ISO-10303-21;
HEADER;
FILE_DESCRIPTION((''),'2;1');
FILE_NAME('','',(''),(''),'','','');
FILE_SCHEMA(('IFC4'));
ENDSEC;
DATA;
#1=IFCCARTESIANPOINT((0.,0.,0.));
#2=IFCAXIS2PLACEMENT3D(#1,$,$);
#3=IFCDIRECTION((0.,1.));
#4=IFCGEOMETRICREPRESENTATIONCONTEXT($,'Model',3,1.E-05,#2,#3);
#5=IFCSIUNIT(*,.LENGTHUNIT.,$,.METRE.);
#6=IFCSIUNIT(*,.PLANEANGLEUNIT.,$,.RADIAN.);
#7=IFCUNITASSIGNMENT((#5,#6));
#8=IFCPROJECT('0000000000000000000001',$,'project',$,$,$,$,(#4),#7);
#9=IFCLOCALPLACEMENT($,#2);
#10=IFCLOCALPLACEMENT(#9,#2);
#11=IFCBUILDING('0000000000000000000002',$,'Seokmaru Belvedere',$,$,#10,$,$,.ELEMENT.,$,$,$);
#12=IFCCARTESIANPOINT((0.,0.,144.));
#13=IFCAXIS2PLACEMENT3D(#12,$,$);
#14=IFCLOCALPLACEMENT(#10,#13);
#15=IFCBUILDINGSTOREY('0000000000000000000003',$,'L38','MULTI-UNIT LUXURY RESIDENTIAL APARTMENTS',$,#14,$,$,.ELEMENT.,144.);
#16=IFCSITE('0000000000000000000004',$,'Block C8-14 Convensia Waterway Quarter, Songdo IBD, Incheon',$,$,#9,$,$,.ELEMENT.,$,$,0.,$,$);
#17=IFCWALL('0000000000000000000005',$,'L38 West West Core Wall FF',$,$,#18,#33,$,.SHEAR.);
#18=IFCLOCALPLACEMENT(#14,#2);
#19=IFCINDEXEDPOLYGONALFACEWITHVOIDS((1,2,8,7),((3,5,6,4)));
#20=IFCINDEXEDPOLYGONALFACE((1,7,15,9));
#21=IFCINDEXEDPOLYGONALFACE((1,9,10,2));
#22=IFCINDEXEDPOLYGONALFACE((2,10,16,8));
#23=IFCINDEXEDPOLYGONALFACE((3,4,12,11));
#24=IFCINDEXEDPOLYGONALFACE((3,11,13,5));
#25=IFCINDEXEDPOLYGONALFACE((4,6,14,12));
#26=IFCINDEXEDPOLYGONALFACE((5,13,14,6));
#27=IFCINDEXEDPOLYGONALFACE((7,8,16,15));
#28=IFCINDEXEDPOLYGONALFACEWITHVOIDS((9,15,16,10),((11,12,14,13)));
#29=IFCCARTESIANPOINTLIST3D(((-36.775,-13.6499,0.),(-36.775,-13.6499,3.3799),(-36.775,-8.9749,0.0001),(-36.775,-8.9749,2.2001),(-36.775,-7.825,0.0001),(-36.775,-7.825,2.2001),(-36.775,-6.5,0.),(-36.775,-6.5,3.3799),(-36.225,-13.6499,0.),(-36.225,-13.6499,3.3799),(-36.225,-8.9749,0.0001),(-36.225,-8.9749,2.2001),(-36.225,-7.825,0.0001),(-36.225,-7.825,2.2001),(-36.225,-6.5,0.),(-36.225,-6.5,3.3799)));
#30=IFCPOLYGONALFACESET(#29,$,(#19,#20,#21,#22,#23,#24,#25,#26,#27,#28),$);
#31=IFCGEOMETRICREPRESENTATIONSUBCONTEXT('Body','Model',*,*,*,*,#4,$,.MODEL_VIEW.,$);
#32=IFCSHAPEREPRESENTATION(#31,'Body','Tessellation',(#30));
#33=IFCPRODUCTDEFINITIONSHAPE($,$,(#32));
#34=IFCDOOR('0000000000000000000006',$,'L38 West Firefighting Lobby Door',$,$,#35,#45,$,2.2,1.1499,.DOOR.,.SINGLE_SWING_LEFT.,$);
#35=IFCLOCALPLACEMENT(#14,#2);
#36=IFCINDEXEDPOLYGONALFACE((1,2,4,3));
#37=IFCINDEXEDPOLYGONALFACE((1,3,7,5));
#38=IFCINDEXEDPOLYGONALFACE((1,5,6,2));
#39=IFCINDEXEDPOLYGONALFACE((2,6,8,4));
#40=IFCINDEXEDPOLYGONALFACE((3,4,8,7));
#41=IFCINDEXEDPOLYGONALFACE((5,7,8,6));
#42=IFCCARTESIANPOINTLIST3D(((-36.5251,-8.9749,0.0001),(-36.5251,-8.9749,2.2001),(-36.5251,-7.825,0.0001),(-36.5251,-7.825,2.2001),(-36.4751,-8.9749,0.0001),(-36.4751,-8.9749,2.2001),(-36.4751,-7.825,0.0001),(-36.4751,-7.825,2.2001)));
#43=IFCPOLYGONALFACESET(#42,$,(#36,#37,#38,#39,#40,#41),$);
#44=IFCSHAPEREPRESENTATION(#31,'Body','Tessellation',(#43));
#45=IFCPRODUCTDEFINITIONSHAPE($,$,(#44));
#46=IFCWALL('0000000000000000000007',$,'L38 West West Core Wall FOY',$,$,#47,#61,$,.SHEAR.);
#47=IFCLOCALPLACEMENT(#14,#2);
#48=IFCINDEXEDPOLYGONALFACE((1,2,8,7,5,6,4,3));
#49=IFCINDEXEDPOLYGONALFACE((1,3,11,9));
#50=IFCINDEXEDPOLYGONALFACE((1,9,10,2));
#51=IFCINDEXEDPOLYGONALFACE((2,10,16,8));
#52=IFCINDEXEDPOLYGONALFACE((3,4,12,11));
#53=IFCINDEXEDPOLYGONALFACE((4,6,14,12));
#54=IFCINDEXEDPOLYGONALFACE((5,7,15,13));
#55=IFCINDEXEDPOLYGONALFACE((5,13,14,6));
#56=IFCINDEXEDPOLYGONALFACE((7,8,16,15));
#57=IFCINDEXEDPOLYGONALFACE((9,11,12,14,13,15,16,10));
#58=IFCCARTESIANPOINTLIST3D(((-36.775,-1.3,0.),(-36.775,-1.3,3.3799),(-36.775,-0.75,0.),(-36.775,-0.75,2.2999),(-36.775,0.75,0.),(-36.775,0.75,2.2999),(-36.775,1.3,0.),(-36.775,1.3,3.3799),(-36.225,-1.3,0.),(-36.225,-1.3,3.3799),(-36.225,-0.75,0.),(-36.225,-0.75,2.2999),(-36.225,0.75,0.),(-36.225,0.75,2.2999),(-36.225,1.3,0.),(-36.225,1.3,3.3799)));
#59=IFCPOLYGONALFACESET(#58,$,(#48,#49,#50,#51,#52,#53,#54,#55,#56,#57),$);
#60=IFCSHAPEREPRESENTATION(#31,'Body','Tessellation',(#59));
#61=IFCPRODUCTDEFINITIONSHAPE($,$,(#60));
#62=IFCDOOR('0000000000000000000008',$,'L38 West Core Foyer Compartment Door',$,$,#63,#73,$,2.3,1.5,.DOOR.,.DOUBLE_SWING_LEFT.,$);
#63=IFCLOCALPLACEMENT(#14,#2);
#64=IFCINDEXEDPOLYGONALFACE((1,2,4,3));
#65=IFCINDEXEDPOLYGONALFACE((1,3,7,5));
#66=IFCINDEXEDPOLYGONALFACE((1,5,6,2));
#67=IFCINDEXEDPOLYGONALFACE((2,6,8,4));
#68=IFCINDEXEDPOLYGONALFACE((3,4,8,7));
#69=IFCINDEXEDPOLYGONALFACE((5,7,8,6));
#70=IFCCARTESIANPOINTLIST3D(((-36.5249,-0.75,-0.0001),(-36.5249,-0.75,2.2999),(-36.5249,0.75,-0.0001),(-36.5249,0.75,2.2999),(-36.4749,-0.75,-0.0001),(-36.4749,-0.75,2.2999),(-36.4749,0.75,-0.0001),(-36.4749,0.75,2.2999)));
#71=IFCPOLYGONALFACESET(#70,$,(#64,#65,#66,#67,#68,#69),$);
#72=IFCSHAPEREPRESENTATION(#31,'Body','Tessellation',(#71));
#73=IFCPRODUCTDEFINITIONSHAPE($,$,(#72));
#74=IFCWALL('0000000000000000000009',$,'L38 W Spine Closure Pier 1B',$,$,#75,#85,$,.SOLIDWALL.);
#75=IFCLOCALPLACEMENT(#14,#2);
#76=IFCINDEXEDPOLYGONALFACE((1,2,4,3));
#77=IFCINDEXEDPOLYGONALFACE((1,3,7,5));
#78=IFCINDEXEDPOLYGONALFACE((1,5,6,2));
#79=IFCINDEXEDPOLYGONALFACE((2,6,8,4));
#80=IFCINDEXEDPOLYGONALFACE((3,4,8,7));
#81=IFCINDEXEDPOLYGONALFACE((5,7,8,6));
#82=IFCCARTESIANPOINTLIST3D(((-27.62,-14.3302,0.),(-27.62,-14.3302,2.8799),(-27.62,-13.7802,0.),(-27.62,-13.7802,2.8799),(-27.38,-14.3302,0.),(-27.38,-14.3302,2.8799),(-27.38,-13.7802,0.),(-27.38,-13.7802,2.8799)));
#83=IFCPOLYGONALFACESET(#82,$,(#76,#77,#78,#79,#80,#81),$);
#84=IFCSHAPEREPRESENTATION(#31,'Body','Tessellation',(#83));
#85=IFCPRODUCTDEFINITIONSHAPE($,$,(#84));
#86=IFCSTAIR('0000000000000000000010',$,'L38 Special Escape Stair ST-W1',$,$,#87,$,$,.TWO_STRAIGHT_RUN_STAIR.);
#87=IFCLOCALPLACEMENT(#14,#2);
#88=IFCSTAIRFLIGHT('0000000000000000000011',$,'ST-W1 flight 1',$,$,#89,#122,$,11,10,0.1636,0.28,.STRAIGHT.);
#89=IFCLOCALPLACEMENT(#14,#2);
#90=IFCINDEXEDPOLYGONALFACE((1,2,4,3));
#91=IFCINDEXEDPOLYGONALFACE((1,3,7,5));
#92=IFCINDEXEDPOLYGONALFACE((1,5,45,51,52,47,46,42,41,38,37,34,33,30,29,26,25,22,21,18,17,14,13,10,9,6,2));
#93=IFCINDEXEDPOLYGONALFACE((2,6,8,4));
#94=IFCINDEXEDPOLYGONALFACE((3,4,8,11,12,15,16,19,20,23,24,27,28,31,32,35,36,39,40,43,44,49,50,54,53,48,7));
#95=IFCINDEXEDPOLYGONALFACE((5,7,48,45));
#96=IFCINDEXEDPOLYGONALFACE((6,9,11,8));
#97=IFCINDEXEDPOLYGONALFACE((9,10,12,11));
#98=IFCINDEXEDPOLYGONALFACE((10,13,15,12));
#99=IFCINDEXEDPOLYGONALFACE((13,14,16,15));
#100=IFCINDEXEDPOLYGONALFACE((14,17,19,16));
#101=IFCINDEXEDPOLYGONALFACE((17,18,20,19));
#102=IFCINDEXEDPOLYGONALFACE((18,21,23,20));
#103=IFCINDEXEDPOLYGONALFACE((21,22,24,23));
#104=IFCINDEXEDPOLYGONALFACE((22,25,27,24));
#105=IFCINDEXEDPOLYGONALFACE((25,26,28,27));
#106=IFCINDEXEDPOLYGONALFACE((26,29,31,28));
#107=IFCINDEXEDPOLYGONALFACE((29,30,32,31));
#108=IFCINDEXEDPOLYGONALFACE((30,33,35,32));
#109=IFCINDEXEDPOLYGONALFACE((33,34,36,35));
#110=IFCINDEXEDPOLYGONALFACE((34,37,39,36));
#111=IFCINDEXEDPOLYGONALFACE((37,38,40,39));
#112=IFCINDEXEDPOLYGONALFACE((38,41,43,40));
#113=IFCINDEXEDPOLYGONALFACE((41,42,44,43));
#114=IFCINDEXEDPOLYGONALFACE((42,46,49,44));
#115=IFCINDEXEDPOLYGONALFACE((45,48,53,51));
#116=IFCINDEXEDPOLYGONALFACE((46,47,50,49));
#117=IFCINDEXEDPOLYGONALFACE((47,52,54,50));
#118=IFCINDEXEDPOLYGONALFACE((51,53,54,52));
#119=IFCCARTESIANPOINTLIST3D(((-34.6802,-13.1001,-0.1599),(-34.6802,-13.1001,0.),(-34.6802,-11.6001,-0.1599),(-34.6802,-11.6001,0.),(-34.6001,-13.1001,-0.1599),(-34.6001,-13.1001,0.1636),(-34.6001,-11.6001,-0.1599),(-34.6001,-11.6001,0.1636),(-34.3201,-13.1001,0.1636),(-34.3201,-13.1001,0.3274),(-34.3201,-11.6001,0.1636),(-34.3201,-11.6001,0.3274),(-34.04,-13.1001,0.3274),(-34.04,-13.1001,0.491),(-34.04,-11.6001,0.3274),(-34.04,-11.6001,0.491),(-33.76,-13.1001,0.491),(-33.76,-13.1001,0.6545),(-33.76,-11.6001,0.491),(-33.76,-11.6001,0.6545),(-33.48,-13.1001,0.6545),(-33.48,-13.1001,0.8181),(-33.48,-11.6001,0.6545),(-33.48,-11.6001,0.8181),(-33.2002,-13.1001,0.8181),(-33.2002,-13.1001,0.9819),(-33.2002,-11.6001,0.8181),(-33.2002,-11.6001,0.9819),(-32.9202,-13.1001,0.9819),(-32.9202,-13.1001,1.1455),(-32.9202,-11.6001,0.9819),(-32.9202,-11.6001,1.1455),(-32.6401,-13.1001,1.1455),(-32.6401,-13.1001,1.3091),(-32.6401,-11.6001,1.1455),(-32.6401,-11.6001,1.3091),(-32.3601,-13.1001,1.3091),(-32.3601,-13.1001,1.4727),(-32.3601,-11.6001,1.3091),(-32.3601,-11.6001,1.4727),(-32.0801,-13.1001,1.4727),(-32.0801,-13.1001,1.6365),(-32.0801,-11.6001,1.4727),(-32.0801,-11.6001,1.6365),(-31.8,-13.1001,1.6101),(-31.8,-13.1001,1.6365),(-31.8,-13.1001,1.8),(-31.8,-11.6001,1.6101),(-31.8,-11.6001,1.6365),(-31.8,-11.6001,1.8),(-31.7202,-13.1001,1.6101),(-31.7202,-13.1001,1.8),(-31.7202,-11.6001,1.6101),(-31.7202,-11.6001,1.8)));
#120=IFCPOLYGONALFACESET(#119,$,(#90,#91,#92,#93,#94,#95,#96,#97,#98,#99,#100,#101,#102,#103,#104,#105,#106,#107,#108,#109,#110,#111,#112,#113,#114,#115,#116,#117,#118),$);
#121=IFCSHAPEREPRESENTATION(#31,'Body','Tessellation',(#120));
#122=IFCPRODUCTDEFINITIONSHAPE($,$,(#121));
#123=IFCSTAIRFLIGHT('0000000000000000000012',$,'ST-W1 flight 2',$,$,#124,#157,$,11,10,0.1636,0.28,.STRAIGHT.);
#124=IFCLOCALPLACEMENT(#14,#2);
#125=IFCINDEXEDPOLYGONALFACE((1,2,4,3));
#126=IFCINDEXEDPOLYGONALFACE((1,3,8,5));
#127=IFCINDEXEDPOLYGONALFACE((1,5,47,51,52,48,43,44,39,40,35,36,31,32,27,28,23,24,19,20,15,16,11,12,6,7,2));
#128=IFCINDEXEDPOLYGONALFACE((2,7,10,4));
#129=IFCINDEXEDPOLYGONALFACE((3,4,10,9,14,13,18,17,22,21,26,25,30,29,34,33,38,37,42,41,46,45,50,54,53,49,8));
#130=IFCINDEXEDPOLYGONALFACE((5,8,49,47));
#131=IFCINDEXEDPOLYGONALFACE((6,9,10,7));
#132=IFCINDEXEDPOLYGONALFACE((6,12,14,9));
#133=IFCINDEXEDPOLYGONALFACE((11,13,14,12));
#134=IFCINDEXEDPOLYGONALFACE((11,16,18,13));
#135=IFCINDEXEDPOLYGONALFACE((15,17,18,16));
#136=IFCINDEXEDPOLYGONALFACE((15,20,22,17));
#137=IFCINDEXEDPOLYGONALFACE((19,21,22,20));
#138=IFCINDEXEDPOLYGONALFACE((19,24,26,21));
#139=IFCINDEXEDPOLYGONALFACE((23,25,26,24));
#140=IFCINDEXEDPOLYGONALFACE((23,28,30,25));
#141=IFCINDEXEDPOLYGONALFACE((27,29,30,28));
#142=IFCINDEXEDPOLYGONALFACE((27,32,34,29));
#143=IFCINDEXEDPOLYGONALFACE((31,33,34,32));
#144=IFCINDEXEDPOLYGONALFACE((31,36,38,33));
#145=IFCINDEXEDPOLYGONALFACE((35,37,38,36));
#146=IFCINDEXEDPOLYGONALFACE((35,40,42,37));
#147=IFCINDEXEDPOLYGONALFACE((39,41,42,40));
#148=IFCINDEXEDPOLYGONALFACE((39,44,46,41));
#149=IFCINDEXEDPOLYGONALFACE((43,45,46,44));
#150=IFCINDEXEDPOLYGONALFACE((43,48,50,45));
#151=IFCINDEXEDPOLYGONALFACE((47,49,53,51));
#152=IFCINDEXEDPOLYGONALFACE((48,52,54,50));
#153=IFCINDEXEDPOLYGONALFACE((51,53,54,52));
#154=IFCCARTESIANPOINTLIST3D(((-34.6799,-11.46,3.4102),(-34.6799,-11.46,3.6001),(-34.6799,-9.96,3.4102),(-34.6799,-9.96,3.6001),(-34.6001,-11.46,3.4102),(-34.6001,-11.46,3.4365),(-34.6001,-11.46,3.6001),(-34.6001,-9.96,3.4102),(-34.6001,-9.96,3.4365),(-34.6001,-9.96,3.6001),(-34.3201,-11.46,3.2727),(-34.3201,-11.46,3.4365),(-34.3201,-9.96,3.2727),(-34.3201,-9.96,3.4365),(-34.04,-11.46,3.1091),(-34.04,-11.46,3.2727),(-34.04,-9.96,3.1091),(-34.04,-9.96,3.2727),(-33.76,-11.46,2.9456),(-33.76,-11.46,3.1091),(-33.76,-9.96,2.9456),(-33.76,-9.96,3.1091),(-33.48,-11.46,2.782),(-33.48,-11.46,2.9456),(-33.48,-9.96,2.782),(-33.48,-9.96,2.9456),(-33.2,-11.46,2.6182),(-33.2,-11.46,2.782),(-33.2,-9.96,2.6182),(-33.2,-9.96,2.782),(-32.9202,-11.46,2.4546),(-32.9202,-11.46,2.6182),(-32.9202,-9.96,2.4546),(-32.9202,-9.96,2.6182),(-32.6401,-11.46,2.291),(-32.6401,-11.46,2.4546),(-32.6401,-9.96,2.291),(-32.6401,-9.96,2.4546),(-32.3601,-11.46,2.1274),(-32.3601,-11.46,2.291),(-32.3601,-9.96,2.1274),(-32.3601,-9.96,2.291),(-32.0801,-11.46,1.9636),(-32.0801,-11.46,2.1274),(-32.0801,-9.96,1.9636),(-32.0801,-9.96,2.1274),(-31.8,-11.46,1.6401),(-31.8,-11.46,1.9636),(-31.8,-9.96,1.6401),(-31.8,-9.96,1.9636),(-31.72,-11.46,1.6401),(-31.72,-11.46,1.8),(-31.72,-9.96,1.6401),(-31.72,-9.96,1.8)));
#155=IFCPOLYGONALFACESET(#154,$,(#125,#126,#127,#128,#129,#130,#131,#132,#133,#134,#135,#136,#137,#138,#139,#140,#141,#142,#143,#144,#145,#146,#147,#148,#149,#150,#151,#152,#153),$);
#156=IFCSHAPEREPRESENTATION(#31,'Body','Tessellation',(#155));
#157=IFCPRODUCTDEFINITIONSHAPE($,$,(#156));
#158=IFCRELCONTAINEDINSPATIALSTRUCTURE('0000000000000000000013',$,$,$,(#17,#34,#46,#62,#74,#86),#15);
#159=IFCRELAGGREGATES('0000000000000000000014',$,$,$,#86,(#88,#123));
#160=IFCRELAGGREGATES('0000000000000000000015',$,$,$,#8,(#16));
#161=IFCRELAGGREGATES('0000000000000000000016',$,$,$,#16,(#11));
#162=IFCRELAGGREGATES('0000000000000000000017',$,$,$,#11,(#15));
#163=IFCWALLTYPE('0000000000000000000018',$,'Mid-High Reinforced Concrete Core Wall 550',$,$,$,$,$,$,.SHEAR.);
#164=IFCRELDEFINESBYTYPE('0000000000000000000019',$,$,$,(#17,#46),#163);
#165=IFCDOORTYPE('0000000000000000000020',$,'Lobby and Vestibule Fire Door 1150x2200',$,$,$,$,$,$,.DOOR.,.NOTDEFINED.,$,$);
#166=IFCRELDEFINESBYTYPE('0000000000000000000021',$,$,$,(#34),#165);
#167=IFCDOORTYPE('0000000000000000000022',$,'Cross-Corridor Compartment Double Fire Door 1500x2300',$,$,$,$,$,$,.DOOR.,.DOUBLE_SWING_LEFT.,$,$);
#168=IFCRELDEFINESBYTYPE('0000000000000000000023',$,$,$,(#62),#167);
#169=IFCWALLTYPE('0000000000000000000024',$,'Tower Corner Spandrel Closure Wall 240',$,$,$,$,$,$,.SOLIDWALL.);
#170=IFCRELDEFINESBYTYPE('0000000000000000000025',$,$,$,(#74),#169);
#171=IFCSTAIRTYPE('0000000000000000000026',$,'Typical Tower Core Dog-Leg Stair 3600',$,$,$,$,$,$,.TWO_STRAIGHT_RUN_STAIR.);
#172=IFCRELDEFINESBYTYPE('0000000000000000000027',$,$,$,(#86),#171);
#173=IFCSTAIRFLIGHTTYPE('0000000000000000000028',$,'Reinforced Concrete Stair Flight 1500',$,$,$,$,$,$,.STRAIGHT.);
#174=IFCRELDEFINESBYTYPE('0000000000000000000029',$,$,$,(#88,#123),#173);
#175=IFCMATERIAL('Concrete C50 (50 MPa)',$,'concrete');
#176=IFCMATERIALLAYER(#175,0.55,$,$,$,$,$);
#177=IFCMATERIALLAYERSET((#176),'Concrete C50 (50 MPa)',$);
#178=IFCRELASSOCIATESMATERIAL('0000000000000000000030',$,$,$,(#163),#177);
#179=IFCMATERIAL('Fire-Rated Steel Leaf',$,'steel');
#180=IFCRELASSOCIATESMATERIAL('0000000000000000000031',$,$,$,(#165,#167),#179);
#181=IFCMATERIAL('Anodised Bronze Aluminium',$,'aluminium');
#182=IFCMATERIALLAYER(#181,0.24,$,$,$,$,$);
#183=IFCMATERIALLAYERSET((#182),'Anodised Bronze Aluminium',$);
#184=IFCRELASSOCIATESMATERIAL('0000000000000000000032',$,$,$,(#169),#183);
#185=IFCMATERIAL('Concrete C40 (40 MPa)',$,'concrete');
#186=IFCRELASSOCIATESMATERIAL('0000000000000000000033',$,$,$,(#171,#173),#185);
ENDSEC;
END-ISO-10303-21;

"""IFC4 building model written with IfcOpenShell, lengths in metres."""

from ifc_helpers import new_model, si_unit, direction, frame, frame_2d, origin, place, context, subcontext, project, spatial, polyline, rectangle, outline, extrude, source, transform, mapped, material, layer, layer_set, type_object, type_shapes, element, fill, aggregate, save


model = new_model("IFC4")

# Units and contexts
model_context = context("Model", 3, precision=1e-05, world=origin(), true_north=direction((0.0, 1.0)))
body_context = subcontext(model_context, "Body", "Model", "MODEL_VIEW")
ifc_project = project(units=[si_unit("LENGTHUNIT", "METRE"), si_unit("PLANEANGLEUNIT", "RADIAN")], contexts=[model_context])

# Site, building, storey
site_placement = place(None, origin())
site = spatial("IfcSite", under=ifc_project, at=site_placement, Name="Block C8-14 Convensia Waterway Quarter, Songdo IBD, Incheon", CompositionType="ELEMENT", RefElevation=0.0)
building_placement = place(site_placement, origin())
building = spatial("IfcBuilding", under=site, at=building_placement, Name="Seokmaru Belvedere", CompositionType="ELEMENT")
storey_placement = place(building_placement, frame((0.0, 0.0, 144.0)))
storey = spatial("IfcBuildingStorey", under=building, at=storey_placement, Name="L38", Description="MULTI-UNIT LUXURY RESIDENTIAL APARTMENTS", CompositionType="ELEMENT", Elevation=144.0)

# Shared definitions
ifc_material_1 = material(Name="Anodised Bronze Aluminium", Category="aluminium")

# Shared definitions
ifc_material_2 = material(Name="Concrete C50 (50 MPa)", Category="concrete")

# Shared definitions
ifc_material_3 = material(Name="Fire-Rated Steel Leaf", Category="steel")

# Shared definitions
ifc_layer_1 = layer(ifc_material_2, 0.55)
ifc_layer_set_1 = layer_set([ifc_layer_1], Name="Concrete C50 (50 MPa)")
wall_type_1 = type_object("IfcWallType", Name="Mid-High Reinforced Concrete Core Wall 550", PredefinedType="SHEAR", material=ifc_layer_set_1)

# Walls, openings, doors
wall_1_placement = place(storey_placement, frame((-36.5, -13.6499, 0.0), z_axis=(0.0, 0.0, 1.0), x_axis=(0.0, 1.0, 0.0)))
wall_1 = element("IfcWall", 1, at=wall_1_placement, inside=storey, type_object=wall_type_1, Name="L38 West West Core Wall FF", PredefinedType="SHEAR", context=body_context, shape_type="SweptSolid", body=[
    extrude(rectangle(XDim=7.1499, YDim=0.55, at=frame_2d((3.575, 0.0))), origin(), (0.0, 0.0, 1.0), 3.3799),
])
opening_1_placement = place(wall_1_placement, frame((4.675, 0.0, 0.0)))
opening_1 = element("IfcOpeningElement", 2, at=opening_1_placement, cuts=wall_1, PredefinedType="OPENING", context=body_context, shape_type="SweptSolid", body=[
    extrude(rectangle(XDim=1.1499, YDim=2.2, at=frame_2d((0.575, 1.1001))), frame((0.0, 0.2852, 0.0), z_axis=(0.0, -1.0, 0.0), x_axis=(1.0, 0.0, 0.0)), (0.0, 0.0, 1.0), 0.5701),
])
door_type_1 = type_object("IfcDoorType", Name="Lobby and Vestibule Fire Door 1150x2200", OperationType="NOTDEFINED", PredefinedType="DOOR", material=ifc_material_3)
shared_shape_1 = source(origin(), body_context, "Body", "SweptSolid", [
    extrude(rectangle(XDim=1.1499, YDim=2.2, at=frame_2d((0.575, 1.1001))), frame((0.0, 0.0249, 0.0), z_axis=(0.0, -1.0, 0.0), x_axis=(1.0, 0.0, 0.0)), (0.0, 0.0, 1.0), 0.05),
])
type_shapes(door_type_1, [shared_shape_1])
door_1_placement = place(opening_1_placement, frame((1.1499, 0.0, 0.0), z_axis=(0.0, 0.0, 1.0), x_axis=(-1.0, 0.0, 0.0)))
door_1 = element("IfcDoor", 3, at=door_1_placement, inside=storey, type_object=door_type_1, Name="L38 West Firefighting Lobby Door", OperationType="SINGLE_SWING_LEFT", OverallHeight=2.2, OverallWidth=1.1499, PredefinedType="DOOR", context=body_context, shape_type="MappedRepresentation", body=[
    mapped(shared_shape_1, transform((0.0, 0.0, 0.0), scale=1.0)),
])
fill(opening_1, door_1)
wall_2_placement = place(storey_placement, frame((-36.5, -1.3, 0.0), z_axis=(0.0, 0.0, 1.0), x_axis=(0.0, 1.0, 0.0)))
wall_2 = element("IfcWall", 4, at=wall_2_placement, inside=storey, type_object=wall_type_1, Name="L38 West West Core Wall FOY", PredefinedType="SHEAR", context=body_context, shape_type="SweptSolid", body=[
    extrude(rectangle(XDim=2.6001, YDim=0.55, at=frame_2d((1.3, 0.0))), origin(), (0.0, 0.0, 1.0), 3.3799),
])
opening_2_placement = place(wall_2_placement, frame((0.55, 0.0, 0.0)))
opening_2 = element("IfcOpeningElement", 5, at=opening_2_placement, cuts=wall_2, PredefinedType="OPENING", context=body_context, shape_type="SweptSolid", body=[
    extrude(rectangle(XDim=1.5, YDim=2.3, at=frame_2d((0.75, 1.1499))), frame((0.0, 0.2852, 0.0), z_axis=(0.0, -1.0, 0.0), x_axis=(1.0, 0.0, 0.0)), (0.0, 0.0, 1.0), 0.5701),
])
door_type_2 = type_object("IfcDoorType", Name="Cross-Corridor Compartment Double Fire Door 1500x2300", OperationType="DOUBLE_SWING_LEFT", PredefinedType="DOOR", material=ifc_material_3)
shared_shape_2 = source(origin(), body_context, "Body", "SweptSolid", [
    extrude(rectangle(XDim=1.5, YDim=2.3, at=frame_2d((0.75, 1.1499))), frame((0.0, 0.0249, 0.0), z_axis=(0.0, -1.0, 0.0), x_axis=(1.0, 0.0, 0.0)), (0.0, 0.0, 1.0), 0.05),
])
type_shapes(door_type_2, [shared_shape_2])
door_2_placement = place(opening_2_placement, origin())
door_2 = element("IfcDoor", 6, at=door_2_placement, inside=storey, type_object=door_type_2, Name="L38 West Core Foyer Compartment Door", OperationType="DOUBLE_SWING_LEFT", OverallHeight=2.3, OverallWidth=1.5, PredefinedType="DOOR", context=body_context, shape_type="MappedRepresentation", body=[
    mapped(shared_shape_2, transform((0.0, 0.0, 0.0), scale=1.0)),
])
fill(opening_2, door_2)

# Wall
ifc_layer_2 = layer(ifc_material_1, 0.24)
ifc_layer_set_2 = layer_set([ifc_layer_2], Name="Anodised Bronze Aluminium")
wall_type_2 = type_object("IfcWallType", Name="Tower Corner Spandrel Closure Wall 240", PredefinedType="SOLIDWALL", material=ifc_layer_set_2)
wall_3_placement = place(storey_placement, frame((-27.5, -14.3301, 0.0), z_axis=(0.0, 0.0, 1.0), x_axis=(0.0, 1.0, 0.0)))
element("IfcWall", 7, at=wall_3_placement, inside=storey, type_object=wall_type_2, Name="L38 W Spine Closure Pier 1B", PredefinedType="SOLIDWALL", context=body_context, shape_type="SweptSolid", body=[
    extrude(rectangle(XDim=0.55, YDim=0.24, at=frame_2d((0.2749, 0.0))), origin(), (0.0, 0.0, 1.0), 2.8799),
])

# Stair, stair flights
ifc_material_4 = material(Name="Concrete C40 (40 MPa)", Category="concrete")
stair_type = type_object("IfcStairType", Name="Typical Tower Core Dog-Leg Stair 3600", PredefinedType="TWO_STRAIGHT_RUN_STAIR", material=ifc_material_4)
stair_placement = place(storey_placement, origin())
stair = element("IfcStair", 8, at=stair_placement, inside=storey, type_object=stair_type, Name="L38 Special Escape Stair ST-W1", PredefinedType="TWO_STRAIGHT_RUN_STAIR")
stair_flight_type = type_object("IfcStairFlightType", Name="Reinforced Concrete Stair Flight 1500", PredefinedType="STRAIGHT", material=ifc_material_4)
stair_flight_1_placement = place(storey_placement, frame((-34.6001, -12.3501, 0.0), z_axis=(0.0, 0.0, 1.0), x_axis=(1.0, 0.0, 0.0)))
stair_flight_1 = element("IfcStairFlight", 9, at=stair_flight_1_placement, type_object=stair_flight_type, Name="ST-W1 flight 1", NumberOfRisers=11, NumberOfTreads=10, PredefinedType="STRAIGHT", RiserHeight=0.1636, TreadLength=0.28, context=body_context, shape_type="SweptSolid", body=[
    extrude(outline(polyline([(-0.0801, 0.0), (0.0, 0.1636), (0.28, 0.1636), (0.28, 0.3274), (0.5601, 0.3274), (0.5601, 0.491), (0.8401, 0.491), (0.8401, 0.6545), (1.1201, 0.6545), (1.1201, 0.8181), (1.3999, 0.8181), (1.3999, 0.9819), (1.6799, 0.9819), (1.6799, 1.1455), (1.96, 1.1455), (1.96, 1.3091), (2.24, 1.3091), (2.24, 1.4727), (2.52, 1.4727), (2.52, 1.6365), (2.8, 1.6365), (2.8, 1.8), (2.8799, 1.8), (2.8799, 1.6101), (2.8, 1.6101), (0.0, -0.1599), (-0.0801, -0.1599), (-0.0801, 0.0)])), frame((0.0, 0.75, 0.0), z_axis=(0.0, -1.0, 0.0), x_axis=(1.0, 0.0, 0.0)), (0.0, 0.0, 1.0), 1.5),
])
stair_flight_2_placement = place(storey_placement, frame((-31.8, -10.71, 1.8), z_axis=(0.0, 0.0, 1.0), x_axis=(-1.0, 0.0, 0.0)))
stair_flight_2 = element("IfcStairFlight", 10, at=stair_flight_2_placement, type_object=stair_flight_type, Name="ST-W1 flight 2", NumberOfRisers=11, NumberOfTreads=10, PredefinedType="STRAIGHT", RiserHeight=0.1636, TreadLength=0.28, context=body_context, shape_type="SweptSolid", body=[
    extrude(outline(polyline([(-0.0801, 0.0), (0.0, 0.1636), (0.28, 0.1636), (0.28, 0.3274), (0.5601, 0.3274), (0.5601, 0.491), (0.8401, 0.491), (0.8401, 0.6545), (1.1201, 0.6545), (1.1201, 0.8181), (1.3999, 0.8181), (1.3999, 0.9819), (1.6799, 0.9819), (1.6799, 1.1455), (1.96, 1.1455), (1.96, 1.3091), (2.24, 1.3091), (2.24, 1.4727), (2.52, 1.4727), (2.52, 1.6365), (2.8, 1.6365), (2.8, 1.8), (2.8799, 1.8), (2.8799, 1.6101), (2.8, 1.6101), (0.0, -0.1599), (-0.0801, -0.1599), (-0.0801, 0.0)])), frame((0.0, 0.75, 0.0), z_axis=(0.0, -1.0, 0.0), x_axis=(1.0, 0.0, 0.0)), (0.0, 0.0, 1.0), 1.5),
])
aggregate(stair, [stair_flight_1, stair_flight_2])

save(model, "model.ifc")
